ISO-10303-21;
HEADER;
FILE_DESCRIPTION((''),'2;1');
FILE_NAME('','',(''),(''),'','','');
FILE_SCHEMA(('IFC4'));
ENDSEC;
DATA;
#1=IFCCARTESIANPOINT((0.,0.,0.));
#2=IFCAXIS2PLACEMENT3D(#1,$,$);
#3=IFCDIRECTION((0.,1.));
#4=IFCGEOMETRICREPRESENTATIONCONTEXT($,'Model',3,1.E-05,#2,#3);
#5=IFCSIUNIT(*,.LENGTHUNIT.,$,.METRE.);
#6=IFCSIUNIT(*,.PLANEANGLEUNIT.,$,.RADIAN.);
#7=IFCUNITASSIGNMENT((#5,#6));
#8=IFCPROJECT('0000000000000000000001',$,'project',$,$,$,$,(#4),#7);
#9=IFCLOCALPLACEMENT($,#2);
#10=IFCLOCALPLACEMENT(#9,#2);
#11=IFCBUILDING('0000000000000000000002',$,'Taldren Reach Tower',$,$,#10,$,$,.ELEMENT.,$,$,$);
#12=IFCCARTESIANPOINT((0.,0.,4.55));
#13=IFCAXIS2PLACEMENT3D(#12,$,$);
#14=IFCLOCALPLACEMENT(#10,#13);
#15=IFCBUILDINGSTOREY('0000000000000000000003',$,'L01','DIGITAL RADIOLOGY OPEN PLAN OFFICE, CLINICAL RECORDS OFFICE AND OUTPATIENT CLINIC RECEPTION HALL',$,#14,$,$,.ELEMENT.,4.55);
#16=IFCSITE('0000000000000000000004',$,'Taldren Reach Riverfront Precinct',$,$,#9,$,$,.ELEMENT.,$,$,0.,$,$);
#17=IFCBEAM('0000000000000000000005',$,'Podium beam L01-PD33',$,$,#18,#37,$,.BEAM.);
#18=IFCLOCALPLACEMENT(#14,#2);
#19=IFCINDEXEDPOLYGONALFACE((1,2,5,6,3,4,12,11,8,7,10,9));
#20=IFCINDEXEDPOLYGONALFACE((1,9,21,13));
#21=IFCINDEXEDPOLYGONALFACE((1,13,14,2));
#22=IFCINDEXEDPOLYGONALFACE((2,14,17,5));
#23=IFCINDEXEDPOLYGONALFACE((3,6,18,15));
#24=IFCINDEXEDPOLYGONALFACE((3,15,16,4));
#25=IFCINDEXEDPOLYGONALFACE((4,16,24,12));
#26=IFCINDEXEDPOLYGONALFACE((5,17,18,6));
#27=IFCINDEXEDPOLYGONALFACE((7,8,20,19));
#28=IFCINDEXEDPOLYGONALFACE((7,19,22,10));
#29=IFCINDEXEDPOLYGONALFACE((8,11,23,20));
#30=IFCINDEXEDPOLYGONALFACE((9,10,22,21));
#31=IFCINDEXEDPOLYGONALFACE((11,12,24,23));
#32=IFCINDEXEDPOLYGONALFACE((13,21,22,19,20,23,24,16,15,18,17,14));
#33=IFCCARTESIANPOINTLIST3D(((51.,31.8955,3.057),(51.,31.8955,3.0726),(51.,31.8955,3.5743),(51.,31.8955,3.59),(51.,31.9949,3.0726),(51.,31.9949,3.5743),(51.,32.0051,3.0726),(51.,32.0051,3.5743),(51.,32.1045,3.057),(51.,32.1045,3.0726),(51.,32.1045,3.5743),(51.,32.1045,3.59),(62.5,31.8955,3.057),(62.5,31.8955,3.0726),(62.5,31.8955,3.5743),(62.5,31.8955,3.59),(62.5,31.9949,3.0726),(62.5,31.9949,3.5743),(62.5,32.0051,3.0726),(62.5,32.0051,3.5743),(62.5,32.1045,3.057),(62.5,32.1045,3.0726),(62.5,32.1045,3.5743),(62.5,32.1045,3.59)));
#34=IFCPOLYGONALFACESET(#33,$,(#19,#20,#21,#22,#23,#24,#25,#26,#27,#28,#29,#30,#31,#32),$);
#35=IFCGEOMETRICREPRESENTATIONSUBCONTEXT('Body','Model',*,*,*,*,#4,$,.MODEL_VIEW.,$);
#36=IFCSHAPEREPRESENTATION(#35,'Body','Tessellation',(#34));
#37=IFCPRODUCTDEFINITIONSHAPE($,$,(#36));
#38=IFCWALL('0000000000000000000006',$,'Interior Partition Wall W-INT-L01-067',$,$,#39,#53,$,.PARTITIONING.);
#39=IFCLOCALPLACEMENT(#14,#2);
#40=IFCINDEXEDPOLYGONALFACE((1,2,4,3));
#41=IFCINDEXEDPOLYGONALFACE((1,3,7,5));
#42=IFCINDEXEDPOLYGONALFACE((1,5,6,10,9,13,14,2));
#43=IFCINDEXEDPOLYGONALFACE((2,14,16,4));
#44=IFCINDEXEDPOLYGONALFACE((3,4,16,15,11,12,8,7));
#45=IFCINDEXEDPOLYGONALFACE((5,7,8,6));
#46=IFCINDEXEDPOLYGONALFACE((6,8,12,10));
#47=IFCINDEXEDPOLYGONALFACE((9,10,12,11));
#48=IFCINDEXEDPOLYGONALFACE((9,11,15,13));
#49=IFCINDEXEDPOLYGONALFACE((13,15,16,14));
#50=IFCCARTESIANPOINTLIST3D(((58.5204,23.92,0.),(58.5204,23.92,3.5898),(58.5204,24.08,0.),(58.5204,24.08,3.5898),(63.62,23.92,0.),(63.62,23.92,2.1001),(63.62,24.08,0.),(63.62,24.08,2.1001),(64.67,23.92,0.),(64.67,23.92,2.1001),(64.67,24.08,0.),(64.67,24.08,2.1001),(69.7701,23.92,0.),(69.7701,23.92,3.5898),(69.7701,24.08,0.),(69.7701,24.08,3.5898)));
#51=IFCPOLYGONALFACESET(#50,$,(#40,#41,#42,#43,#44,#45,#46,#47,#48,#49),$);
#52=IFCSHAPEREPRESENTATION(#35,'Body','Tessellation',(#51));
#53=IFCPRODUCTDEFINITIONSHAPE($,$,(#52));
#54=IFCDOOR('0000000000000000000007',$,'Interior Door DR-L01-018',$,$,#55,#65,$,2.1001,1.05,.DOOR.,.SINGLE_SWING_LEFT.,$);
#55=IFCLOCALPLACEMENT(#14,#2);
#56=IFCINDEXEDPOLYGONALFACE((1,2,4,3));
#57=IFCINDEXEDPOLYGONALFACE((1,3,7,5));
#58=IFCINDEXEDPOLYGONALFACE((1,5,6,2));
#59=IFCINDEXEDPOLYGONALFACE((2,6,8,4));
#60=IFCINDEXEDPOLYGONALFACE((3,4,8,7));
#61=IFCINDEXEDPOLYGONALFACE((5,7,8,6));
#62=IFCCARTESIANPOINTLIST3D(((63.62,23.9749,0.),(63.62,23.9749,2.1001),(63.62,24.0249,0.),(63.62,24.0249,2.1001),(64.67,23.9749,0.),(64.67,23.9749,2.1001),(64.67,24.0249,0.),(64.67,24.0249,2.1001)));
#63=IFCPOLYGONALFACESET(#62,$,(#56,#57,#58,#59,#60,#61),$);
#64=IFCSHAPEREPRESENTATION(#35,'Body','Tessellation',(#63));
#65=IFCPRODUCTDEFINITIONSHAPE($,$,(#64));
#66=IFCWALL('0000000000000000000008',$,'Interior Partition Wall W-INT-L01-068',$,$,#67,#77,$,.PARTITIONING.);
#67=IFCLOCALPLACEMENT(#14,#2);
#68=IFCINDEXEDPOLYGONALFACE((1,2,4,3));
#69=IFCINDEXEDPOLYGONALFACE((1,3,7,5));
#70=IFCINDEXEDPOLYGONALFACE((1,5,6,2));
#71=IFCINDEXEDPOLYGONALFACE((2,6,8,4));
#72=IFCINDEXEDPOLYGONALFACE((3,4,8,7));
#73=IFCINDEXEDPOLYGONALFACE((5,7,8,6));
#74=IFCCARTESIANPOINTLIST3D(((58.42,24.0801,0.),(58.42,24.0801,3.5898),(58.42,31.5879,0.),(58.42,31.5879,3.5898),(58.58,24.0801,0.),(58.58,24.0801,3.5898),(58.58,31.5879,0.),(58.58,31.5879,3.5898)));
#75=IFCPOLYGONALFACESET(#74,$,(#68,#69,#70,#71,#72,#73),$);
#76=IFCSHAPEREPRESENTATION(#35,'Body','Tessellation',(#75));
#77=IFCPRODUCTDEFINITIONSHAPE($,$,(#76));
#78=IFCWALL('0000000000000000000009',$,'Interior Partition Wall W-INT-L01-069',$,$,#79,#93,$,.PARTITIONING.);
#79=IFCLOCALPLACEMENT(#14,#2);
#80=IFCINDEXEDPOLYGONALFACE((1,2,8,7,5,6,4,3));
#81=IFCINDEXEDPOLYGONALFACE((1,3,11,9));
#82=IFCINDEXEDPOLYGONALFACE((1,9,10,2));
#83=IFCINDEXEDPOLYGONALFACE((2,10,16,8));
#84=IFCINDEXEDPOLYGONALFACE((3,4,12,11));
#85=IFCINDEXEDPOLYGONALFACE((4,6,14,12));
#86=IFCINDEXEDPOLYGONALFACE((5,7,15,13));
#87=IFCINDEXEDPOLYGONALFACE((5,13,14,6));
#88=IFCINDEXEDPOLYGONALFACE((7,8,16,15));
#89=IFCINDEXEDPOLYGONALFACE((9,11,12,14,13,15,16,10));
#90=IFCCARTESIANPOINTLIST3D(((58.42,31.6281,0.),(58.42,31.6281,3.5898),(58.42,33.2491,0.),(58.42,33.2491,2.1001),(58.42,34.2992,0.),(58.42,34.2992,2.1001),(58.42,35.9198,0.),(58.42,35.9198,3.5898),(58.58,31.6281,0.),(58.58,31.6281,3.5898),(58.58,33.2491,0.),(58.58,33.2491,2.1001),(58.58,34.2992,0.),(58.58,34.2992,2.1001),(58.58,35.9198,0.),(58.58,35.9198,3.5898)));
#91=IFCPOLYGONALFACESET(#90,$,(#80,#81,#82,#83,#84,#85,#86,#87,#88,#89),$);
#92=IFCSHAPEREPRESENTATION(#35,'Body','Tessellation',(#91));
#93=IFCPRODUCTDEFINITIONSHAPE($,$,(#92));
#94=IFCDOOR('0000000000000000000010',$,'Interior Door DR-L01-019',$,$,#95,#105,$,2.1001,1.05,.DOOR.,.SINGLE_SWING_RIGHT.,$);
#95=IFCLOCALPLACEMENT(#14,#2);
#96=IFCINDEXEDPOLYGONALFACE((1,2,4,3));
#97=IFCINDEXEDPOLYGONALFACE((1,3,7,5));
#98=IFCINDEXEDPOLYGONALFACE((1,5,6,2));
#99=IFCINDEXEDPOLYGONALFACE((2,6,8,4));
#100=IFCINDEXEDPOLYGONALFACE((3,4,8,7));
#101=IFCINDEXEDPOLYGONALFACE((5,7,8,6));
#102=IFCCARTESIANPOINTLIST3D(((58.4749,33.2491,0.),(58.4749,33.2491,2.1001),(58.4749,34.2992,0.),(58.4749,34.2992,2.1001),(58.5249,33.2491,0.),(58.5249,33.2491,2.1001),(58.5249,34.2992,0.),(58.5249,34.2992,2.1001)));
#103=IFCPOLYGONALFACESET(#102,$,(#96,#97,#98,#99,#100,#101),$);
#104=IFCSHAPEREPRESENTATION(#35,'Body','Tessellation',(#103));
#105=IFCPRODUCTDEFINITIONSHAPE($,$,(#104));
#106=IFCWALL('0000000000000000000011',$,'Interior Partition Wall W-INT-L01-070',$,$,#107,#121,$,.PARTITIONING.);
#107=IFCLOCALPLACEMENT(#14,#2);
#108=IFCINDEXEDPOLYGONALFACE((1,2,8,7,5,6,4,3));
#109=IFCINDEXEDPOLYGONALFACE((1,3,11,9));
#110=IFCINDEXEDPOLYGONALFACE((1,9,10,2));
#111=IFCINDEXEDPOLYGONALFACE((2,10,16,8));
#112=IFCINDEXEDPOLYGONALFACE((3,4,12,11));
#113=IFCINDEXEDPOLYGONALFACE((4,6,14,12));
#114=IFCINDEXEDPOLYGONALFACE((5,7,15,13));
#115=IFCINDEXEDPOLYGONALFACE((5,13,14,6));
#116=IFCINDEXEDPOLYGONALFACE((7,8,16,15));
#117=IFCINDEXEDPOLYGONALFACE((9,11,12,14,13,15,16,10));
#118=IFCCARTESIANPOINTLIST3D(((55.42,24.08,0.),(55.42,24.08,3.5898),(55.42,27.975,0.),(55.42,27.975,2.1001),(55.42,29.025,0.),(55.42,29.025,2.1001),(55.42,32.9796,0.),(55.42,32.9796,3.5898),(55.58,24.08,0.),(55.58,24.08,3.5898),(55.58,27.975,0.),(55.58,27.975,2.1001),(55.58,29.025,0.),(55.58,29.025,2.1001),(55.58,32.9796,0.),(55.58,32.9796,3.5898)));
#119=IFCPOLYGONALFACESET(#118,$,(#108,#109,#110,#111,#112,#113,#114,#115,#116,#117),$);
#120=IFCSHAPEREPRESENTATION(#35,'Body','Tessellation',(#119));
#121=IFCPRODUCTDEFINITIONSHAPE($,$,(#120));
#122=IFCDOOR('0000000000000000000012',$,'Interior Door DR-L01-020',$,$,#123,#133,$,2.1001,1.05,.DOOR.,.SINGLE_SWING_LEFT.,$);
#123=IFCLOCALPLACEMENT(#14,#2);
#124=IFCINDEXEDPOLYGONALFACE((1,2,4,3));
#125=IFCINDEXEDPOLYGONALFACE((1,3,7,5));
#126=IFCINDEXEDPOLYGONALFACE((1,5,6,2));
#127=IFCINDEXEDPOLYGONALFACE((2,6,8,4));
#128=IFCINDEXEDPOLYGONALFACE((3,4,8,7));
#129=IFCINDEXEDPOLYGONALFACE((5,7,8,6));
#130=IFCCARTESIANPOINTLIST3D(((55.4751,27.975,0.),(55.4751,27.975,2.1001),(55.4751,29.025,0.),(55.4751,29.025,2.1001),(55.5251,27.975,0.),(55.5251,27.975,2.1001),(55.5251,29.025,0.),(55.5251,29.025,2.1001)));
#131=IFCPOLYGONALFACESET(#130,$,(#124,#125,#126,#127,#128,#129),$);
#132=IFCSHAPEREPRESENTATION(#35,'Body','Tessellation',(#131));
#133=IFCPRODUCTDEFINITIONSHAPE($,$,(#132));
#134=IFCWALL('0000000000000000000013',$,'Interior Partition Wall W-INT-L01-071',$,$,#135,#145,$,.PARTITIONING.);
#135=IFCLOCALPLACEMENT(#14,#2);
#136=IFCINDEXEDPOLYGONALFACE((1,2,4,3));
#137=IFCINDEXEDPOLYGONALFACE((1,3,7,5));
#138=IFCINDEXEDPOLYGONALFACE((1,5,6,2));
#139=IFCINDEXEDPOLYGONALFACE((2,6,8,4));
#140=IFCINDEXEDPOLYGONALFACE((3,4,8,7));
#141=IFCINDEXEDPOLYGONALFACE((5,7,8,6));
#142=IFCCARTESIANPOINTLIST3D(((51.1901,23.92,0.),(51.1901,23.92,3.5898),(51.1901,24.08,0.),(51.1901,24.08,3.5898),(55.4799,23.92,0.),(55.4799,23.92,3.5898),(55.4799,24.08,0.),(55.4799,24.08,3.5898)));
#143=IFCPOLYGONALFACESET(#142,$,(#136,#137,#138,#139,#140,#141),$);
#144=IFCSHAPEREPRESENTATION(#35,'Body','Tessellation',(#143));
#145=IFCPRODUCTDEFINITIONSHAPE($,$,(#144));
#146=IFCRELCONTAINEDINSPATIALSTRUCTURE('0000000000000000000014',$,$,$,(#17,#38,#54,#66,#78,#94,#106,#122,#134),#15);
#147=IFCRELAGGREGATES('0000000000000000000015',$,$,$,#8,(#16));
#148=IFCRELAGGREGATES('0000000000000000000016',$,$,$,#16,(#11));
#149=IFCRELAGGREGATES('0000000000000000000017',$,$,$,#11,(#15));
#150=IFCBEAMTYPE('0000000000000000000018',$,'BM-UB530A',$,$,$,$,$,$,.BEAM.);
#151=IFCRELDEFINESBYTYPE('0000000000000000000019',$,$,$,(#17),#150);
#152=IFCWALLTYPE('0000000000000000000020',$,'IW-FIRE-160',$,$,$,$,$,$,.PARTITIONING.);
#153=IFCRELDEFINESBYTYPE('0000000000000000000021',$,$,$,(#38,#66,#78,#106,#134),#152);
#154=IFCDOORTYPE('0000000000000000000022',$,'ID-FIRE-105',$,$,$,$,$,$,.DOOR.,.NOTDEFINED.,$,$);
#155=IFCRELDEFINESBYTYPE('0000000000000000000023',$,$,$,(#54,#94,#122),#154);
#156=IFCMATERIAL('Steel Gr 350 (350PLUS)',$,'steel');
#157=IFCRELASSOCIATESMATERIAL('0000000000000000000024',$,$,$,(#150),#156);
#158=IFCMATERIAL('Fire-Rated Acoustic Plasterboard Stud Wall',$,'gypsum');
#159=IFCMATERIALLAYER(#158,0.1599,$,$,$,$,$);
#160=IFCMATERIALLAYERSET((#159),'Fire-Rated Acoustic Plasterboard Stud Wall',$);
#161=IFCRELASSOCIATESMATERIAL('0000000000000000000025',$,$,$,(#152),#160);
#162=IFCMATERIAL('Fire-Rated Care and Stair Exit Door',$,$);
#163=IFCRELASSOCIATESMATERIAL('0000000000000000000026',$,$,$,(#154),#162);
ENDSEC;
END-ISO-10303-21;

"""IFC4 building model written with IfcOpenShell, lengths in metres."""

from ifc_helpers import new_model, si_unit, direction, frame, frame_2d, origin, origin_2d, place, context, subcontext, project, spatial, rectangle, i_section, extrude, source, transform, mapped, material, layer, layer_set, material_profile, profile_set, type_object, element, fill, save


model = new_model("IFC4")

# Units and contexts
model_context = context("Model", 3, precision=1e-05, world=origin(), true_north=direction((0.0, 1.0)))
body_context = subcontext(model_context, "Body", "Model", "MODEL_VIEW")
ifc_project = project(units=[si_unit("LENGTHUNIT", "METRE"), si_unit("PLANEANGLEUNIT", "RADIAN")], contexts=[model_context])

# Site, building, storey
site_placement = place(None, origin())
site = spatial("IfcSite", under=ifc_project, at=site_placement, Name="Taldren Reach Riverfront Precinct", CompositionType="ELEMENT", RefElevation=0.0)
building_placement = place(site_placement, origin())
building = spatial("IfcBuilding", under=site, at=building_placement, Name="Taldren Reach Tower", CompositionType="ELEMENT")
storey_placement = place(building_placement, frame((0.0, 0.0, 4.55)))
storey = spatial("IfcBuildingStorey", under=building, at=storey_placement, Name="L01", Description="DIGITAL RADIOLOGY OPEN PLAN OFFICE, CLINICAL RECORDS OFFICE AND OUTPATIENT CLINIC RECEPTION HALL", CompositionType="ELEMENT", Elevation=4.55)

# Shared definitions
ifc_material_1 = material(Name="Steel Gr 350 (350PLUS)", Category="steel")

# Beam
ifc_material_profile_1 = material_profile(ifc_material_1, i_section(OverallWidth=0.209, OverallDepth=0.533, WebThickness=0.0103, FlangeThickness=0.0156, at=origin_2d()), Name="530UB92.4")
ifc_profile_set_1 = profile_set([ifc_material_profile_1], Name="Steel Gr 350 (350PLUS)")
beam_type_1 = type_object("IfcBeamType", Name="BM-UB530A", PredefinedType="BEAM", material=ifc_profile_set_1)
shared_shape_1 = source(origin(), body_context, "Body", "SweptSolid", [
    extrude(i_section(OverallWidth=0.209, OverallDepth=0.533, WebThickness=0.0103, FlangeThickness=0.0156, at=origin_2d()), origin(), (0.0, 0.0, 1.0), 11.5),
])
beam_1_placement = place(storey_placement, frame((51.0, 32.0, 3.3235), z_axis=(1.0, 0.0, 0.0), x_axis=(0.0, 1.0, 0.0)))
element("IfcBeam", 1, at=beam_1_placement, inside=storey, type_object=beam_type_1, Name="Podium beam L01-PD33", PredefinedType="BEAM", context=body_context, shape_type="MappedRepresentation", body=[
    mapped(shared_shape_1, transform((0.0, 0.0, 0.0), scale=1.0)),
])

# Wall, opening, door
ifc_material_2 = material(Name="Fire-Rated Acoustic Plasterboard Stud Wall", Category="gypsum")
ifc_layer = layer(ifc_material_2, 0.1599)
ifc_layer_set = layer_set([ifc_layer], Name="Fire-Rated Acoustic Plasterboard Stud Wall")
wall_type = type_object("IfcWallType", Name="IW-FIRE-160", PredefinedType="PARTITIONING", material=ifc_layer_set)
shared_shape_2 = source(origin(), body_context, "Body", "SweptSolid", [
    extrude(rectangle(XDim=11.2498, YDim=0.1599, at=frame_2d((5.625, 0.0))), origin(), (0.0, 0.0, 1.0), 3.5898),
])
wall_1_placement = place(storey_placement, frame((58.5203, 24.0, 0.0), z_axis=(0.0, 0.0, 1.0), x_axis=(1.0, 0.0, 0.0)))
wall_1 = element("IfcWall", 2, at=wall_1_placement, inside=storey, type_object=wall_type, Name="Interior Partition Wall W-INT-L01-067", PredefinedType="PARTITIONING", context=body_context, shape_type="MappedRepresentation", body=[
    mapped(shared_shape_2, transform((0.0, 0.0, 0.0), scale=1.0)),
])
shared_shape_3 = source(origin(), body_context, "Body", "SweptSolid", [
    extrude(rectangle(XDim=1.05, YDim=2.1001, at=frame_2d((0.5249, 1.05))), frame((0.0, 0.0898, 0.0), z_axis=(0.0, -1.0, 0.0), x_axis=(1.0, 0.0, 0.0)), (0.0, 0.0, 1.0), 0.1799),
])
opening_1_placement = place(wall_1_placement, frame((5.0999, 0.0, 0.0)))
opening_1 = element("IfcOpeningElement", 3, at=opening_1_placement, cuts=wall_1, PredefinedType="OPENING", context=body_context, shape_type="MappedRepresentation", body=[
    mapped(shared_shape_3, transform((0.0, 0.0, 0.0), scale=1.0)),
])
ifc_material_3 = material(Name="Fire-Rated Care and Stair Exit Door")
door_type = type_object("IfcDoorType", Name="ID-FIRE-105", OperationType="NOTDEFINED", PredefinedType="DOOR", material=ifc_material_3)
shared_shape_4 = source(origin(), body_context, "Body", "SweptSolid", [
    extrude(rectangle(XDim=1.05, YDim=2.1001, at=frame_2d((0.5249, 1.05))), frame((0.0, 0.0249, 0.0), z_axis=(0.0, -1.0, 0.0), x_axis=(1.0, 0.0, 0.0)), (0.0, 0.0, 1.0), 0.05),
])
door_1_placement = place(opening_1_placement, origin())
door_1 = element("IfcDoor", 4, at=door_1_placement, inside=storey, type_object=door_type, Name="Interior Door DR-L01-018", OperationType="SINGLE_SWING_LEFT", OverallHeight=2.1001, OverallWidth=1.05, PredefinedType="DOOR", context=body_context, shape_type="MappedRepresentation", body=[
    mapped(shared_shape_4, transform((0.0, 0.0, 0.0), scale=1.0)),
])
fill(opening_1, door_1)

# Wall
shared_shape_5 = source(origin(), body_context, "Body", "SweptSolid", [
    extrude(rectangle(XDim=7.5078, YDim=0.1599, at=frame_2d((3.7539, 0.0))), origin(), (0.0, 0.0, 1.0), 3.5898),
])
wall_2_placement = place(storey_placement, frame((58.5, 31.5879, 0.0), z_axis=(0.0, 0.0, 1.0), x_axis=(0.0, -1.0, 0.0)))
element("IfcWall", 5, at=wall_2_placement, inside=storey, type_object=wall_type, Name="Interior Partition Wall W-INT-L01-068", PredefinedType="PARTITIONING", context=body_context, shape_type="MappedRepresentation", body=[
    mapped(shared_shape_5, transform((0.0, 0.0, 0.0), scale=1.0)),
])

# Walls, openings, doors
shared_shape_6 = source(origin(), body_context, "Body", "SweptSolid", [
    extrude(rectangle(XDim=4.2917, YDim=0.1599, at=frame_2d((2.146, 0.0))), origin(), (0.0, 0.0, 1.0), 3.5898),
])
wall_3_placement = place(storey_placement, frame((58.5, 35.9199, 0.0), z_axis=(0.0, 0.0, 1.0), x_axis=(0.0, -1.0, 0.0)))
wall_3 = element("IfcWall", 6, at=wall_3_placement, inside=storey, type_object=wall_type, Name="Interior Partition Wall W-INT-L01-069", PredefinedType="PARTITIONING", context=body_context, shape_type="MappedRepresentation", body=[
    mapped(shared_shape_6, transform((0.0, 0.0, 0.0), scale=1.0)),
])
opening_2_placement = place(wall_3_placement, frame((1.6208, 0.0, 0.0)))
opening_2 = element("IfcOpeningElement", 7, at=opening_2_placement, cuts=wall_3, PredefinedType="OPENING", context=body_context, shape_type="MappedRepresentation", body=[
    mapped(shared_shape_3, transform((0.0, 0.0, 0.0), scale=1.0)),
])
door_2_placement = place(opening_2_placement, origin())
door_2 = element("IfcDoor", 8, at=door_2_placement, inside=storey, type_object=door_type, Name="Interior Door DR-L01-019", OperationType="SINGLE_SWING_RIGHT", OverallHeight=2.1001, OverallWidth=1.05, PredefinedType="DOOR", context=body_context, shape_type="MappedRepresentation", body=[
    mapped(shared_shape_4, transform((0.0, 0.0, 0.0), scale=1.0)),
])
fill(opening_2, door_2)
shared_shape_7 = source(origin(), body_context, "Body", "SweptSolid", [
    extrude(rectangle(XDim=8.8997, YDim=0.1599, at=frame_2d((4.4497, 0.0))), origin(), (0.0, 0.0, 1.0), 3.5898),
])
wall_4_placement = place(storey_placement, frame((55.5, 24.0801, 0.0), z_axis=(0.0, 0.0, 1.0), x_axis=(0.0, 1.0, 0.0)))
wall_4 = element("IfcWall", 9, at=wall_4_placement, inside=storey, type_object=wall_type, Name="Interior Partition Wall W-INT-L01-070", PredefinedType="PARTITIONING", context=body_context, shape_type="MappedRepresentation", body=[
    mapped(shared_shape_7, transform((0.0, 0.0, 0.0), scale=1.0)),
])
opening_3_placement = place(wall_4_placement, frame((3.895, 0.0, 0.0)))
opening_3 = element("IfcOpeningElement", 10, at=opening_3_placement, cuts=wall_4, PredefinedType="OPENING", context=body_context, shape_type="MappedRepresentation", body=[
    mapped(shared_shape_3, transform((0.0, 0.0, 0.0), scale=1.0)),
])
door_3_placement = place(opening_3_placement, origin())
door_3 = element("IfcDoor", 11, at=door_3_placement, inside=storey, type_object=door_type, Name="Interior Door DR-L01-020", OperationType="SINGLE_SWING_LEFT", OverallHeight=2.1001, OverallWidth=1.05, PredefinedType="DOOR", context=body_context, shape_type="MappedRepresentation", body=[
    mapped(shared_shape_4, transform((0.0, 0.0, 0.0), scale=1.0)),
])
fill(opening_3, door_3)

# Wall
shared_shape_8 = source(origin(), body_context, "Body", "SweptSolid", [
    extrude(rectangle(XDim=4.2898, YDim=0.1599, at=frame_2d((2.145, 0.0))), origin(), (0.0, 0.0, 1.0), 3.5898),
])
wall_5_placement = place(storey_placement, frame((51.1899, 24.0, 0.0), z_axis=(0.0, 0.0, 1.0), x_axis=(1.0, 0.0, 0.0)))
element("IfcWall", 12, at=wall_5_placement, inside=storey, type_object=wall_type, Name="Interior Partition Wall W-INT-L01-071", PredefinedType="PARTITIONING", context=body_context, shape_type="MappedRepresentation", body=[
    mapped(shared_shape_8, transform((0.0, 0.0, 0.0), scale=1.0)),
])

save(model, "model.ifc")
